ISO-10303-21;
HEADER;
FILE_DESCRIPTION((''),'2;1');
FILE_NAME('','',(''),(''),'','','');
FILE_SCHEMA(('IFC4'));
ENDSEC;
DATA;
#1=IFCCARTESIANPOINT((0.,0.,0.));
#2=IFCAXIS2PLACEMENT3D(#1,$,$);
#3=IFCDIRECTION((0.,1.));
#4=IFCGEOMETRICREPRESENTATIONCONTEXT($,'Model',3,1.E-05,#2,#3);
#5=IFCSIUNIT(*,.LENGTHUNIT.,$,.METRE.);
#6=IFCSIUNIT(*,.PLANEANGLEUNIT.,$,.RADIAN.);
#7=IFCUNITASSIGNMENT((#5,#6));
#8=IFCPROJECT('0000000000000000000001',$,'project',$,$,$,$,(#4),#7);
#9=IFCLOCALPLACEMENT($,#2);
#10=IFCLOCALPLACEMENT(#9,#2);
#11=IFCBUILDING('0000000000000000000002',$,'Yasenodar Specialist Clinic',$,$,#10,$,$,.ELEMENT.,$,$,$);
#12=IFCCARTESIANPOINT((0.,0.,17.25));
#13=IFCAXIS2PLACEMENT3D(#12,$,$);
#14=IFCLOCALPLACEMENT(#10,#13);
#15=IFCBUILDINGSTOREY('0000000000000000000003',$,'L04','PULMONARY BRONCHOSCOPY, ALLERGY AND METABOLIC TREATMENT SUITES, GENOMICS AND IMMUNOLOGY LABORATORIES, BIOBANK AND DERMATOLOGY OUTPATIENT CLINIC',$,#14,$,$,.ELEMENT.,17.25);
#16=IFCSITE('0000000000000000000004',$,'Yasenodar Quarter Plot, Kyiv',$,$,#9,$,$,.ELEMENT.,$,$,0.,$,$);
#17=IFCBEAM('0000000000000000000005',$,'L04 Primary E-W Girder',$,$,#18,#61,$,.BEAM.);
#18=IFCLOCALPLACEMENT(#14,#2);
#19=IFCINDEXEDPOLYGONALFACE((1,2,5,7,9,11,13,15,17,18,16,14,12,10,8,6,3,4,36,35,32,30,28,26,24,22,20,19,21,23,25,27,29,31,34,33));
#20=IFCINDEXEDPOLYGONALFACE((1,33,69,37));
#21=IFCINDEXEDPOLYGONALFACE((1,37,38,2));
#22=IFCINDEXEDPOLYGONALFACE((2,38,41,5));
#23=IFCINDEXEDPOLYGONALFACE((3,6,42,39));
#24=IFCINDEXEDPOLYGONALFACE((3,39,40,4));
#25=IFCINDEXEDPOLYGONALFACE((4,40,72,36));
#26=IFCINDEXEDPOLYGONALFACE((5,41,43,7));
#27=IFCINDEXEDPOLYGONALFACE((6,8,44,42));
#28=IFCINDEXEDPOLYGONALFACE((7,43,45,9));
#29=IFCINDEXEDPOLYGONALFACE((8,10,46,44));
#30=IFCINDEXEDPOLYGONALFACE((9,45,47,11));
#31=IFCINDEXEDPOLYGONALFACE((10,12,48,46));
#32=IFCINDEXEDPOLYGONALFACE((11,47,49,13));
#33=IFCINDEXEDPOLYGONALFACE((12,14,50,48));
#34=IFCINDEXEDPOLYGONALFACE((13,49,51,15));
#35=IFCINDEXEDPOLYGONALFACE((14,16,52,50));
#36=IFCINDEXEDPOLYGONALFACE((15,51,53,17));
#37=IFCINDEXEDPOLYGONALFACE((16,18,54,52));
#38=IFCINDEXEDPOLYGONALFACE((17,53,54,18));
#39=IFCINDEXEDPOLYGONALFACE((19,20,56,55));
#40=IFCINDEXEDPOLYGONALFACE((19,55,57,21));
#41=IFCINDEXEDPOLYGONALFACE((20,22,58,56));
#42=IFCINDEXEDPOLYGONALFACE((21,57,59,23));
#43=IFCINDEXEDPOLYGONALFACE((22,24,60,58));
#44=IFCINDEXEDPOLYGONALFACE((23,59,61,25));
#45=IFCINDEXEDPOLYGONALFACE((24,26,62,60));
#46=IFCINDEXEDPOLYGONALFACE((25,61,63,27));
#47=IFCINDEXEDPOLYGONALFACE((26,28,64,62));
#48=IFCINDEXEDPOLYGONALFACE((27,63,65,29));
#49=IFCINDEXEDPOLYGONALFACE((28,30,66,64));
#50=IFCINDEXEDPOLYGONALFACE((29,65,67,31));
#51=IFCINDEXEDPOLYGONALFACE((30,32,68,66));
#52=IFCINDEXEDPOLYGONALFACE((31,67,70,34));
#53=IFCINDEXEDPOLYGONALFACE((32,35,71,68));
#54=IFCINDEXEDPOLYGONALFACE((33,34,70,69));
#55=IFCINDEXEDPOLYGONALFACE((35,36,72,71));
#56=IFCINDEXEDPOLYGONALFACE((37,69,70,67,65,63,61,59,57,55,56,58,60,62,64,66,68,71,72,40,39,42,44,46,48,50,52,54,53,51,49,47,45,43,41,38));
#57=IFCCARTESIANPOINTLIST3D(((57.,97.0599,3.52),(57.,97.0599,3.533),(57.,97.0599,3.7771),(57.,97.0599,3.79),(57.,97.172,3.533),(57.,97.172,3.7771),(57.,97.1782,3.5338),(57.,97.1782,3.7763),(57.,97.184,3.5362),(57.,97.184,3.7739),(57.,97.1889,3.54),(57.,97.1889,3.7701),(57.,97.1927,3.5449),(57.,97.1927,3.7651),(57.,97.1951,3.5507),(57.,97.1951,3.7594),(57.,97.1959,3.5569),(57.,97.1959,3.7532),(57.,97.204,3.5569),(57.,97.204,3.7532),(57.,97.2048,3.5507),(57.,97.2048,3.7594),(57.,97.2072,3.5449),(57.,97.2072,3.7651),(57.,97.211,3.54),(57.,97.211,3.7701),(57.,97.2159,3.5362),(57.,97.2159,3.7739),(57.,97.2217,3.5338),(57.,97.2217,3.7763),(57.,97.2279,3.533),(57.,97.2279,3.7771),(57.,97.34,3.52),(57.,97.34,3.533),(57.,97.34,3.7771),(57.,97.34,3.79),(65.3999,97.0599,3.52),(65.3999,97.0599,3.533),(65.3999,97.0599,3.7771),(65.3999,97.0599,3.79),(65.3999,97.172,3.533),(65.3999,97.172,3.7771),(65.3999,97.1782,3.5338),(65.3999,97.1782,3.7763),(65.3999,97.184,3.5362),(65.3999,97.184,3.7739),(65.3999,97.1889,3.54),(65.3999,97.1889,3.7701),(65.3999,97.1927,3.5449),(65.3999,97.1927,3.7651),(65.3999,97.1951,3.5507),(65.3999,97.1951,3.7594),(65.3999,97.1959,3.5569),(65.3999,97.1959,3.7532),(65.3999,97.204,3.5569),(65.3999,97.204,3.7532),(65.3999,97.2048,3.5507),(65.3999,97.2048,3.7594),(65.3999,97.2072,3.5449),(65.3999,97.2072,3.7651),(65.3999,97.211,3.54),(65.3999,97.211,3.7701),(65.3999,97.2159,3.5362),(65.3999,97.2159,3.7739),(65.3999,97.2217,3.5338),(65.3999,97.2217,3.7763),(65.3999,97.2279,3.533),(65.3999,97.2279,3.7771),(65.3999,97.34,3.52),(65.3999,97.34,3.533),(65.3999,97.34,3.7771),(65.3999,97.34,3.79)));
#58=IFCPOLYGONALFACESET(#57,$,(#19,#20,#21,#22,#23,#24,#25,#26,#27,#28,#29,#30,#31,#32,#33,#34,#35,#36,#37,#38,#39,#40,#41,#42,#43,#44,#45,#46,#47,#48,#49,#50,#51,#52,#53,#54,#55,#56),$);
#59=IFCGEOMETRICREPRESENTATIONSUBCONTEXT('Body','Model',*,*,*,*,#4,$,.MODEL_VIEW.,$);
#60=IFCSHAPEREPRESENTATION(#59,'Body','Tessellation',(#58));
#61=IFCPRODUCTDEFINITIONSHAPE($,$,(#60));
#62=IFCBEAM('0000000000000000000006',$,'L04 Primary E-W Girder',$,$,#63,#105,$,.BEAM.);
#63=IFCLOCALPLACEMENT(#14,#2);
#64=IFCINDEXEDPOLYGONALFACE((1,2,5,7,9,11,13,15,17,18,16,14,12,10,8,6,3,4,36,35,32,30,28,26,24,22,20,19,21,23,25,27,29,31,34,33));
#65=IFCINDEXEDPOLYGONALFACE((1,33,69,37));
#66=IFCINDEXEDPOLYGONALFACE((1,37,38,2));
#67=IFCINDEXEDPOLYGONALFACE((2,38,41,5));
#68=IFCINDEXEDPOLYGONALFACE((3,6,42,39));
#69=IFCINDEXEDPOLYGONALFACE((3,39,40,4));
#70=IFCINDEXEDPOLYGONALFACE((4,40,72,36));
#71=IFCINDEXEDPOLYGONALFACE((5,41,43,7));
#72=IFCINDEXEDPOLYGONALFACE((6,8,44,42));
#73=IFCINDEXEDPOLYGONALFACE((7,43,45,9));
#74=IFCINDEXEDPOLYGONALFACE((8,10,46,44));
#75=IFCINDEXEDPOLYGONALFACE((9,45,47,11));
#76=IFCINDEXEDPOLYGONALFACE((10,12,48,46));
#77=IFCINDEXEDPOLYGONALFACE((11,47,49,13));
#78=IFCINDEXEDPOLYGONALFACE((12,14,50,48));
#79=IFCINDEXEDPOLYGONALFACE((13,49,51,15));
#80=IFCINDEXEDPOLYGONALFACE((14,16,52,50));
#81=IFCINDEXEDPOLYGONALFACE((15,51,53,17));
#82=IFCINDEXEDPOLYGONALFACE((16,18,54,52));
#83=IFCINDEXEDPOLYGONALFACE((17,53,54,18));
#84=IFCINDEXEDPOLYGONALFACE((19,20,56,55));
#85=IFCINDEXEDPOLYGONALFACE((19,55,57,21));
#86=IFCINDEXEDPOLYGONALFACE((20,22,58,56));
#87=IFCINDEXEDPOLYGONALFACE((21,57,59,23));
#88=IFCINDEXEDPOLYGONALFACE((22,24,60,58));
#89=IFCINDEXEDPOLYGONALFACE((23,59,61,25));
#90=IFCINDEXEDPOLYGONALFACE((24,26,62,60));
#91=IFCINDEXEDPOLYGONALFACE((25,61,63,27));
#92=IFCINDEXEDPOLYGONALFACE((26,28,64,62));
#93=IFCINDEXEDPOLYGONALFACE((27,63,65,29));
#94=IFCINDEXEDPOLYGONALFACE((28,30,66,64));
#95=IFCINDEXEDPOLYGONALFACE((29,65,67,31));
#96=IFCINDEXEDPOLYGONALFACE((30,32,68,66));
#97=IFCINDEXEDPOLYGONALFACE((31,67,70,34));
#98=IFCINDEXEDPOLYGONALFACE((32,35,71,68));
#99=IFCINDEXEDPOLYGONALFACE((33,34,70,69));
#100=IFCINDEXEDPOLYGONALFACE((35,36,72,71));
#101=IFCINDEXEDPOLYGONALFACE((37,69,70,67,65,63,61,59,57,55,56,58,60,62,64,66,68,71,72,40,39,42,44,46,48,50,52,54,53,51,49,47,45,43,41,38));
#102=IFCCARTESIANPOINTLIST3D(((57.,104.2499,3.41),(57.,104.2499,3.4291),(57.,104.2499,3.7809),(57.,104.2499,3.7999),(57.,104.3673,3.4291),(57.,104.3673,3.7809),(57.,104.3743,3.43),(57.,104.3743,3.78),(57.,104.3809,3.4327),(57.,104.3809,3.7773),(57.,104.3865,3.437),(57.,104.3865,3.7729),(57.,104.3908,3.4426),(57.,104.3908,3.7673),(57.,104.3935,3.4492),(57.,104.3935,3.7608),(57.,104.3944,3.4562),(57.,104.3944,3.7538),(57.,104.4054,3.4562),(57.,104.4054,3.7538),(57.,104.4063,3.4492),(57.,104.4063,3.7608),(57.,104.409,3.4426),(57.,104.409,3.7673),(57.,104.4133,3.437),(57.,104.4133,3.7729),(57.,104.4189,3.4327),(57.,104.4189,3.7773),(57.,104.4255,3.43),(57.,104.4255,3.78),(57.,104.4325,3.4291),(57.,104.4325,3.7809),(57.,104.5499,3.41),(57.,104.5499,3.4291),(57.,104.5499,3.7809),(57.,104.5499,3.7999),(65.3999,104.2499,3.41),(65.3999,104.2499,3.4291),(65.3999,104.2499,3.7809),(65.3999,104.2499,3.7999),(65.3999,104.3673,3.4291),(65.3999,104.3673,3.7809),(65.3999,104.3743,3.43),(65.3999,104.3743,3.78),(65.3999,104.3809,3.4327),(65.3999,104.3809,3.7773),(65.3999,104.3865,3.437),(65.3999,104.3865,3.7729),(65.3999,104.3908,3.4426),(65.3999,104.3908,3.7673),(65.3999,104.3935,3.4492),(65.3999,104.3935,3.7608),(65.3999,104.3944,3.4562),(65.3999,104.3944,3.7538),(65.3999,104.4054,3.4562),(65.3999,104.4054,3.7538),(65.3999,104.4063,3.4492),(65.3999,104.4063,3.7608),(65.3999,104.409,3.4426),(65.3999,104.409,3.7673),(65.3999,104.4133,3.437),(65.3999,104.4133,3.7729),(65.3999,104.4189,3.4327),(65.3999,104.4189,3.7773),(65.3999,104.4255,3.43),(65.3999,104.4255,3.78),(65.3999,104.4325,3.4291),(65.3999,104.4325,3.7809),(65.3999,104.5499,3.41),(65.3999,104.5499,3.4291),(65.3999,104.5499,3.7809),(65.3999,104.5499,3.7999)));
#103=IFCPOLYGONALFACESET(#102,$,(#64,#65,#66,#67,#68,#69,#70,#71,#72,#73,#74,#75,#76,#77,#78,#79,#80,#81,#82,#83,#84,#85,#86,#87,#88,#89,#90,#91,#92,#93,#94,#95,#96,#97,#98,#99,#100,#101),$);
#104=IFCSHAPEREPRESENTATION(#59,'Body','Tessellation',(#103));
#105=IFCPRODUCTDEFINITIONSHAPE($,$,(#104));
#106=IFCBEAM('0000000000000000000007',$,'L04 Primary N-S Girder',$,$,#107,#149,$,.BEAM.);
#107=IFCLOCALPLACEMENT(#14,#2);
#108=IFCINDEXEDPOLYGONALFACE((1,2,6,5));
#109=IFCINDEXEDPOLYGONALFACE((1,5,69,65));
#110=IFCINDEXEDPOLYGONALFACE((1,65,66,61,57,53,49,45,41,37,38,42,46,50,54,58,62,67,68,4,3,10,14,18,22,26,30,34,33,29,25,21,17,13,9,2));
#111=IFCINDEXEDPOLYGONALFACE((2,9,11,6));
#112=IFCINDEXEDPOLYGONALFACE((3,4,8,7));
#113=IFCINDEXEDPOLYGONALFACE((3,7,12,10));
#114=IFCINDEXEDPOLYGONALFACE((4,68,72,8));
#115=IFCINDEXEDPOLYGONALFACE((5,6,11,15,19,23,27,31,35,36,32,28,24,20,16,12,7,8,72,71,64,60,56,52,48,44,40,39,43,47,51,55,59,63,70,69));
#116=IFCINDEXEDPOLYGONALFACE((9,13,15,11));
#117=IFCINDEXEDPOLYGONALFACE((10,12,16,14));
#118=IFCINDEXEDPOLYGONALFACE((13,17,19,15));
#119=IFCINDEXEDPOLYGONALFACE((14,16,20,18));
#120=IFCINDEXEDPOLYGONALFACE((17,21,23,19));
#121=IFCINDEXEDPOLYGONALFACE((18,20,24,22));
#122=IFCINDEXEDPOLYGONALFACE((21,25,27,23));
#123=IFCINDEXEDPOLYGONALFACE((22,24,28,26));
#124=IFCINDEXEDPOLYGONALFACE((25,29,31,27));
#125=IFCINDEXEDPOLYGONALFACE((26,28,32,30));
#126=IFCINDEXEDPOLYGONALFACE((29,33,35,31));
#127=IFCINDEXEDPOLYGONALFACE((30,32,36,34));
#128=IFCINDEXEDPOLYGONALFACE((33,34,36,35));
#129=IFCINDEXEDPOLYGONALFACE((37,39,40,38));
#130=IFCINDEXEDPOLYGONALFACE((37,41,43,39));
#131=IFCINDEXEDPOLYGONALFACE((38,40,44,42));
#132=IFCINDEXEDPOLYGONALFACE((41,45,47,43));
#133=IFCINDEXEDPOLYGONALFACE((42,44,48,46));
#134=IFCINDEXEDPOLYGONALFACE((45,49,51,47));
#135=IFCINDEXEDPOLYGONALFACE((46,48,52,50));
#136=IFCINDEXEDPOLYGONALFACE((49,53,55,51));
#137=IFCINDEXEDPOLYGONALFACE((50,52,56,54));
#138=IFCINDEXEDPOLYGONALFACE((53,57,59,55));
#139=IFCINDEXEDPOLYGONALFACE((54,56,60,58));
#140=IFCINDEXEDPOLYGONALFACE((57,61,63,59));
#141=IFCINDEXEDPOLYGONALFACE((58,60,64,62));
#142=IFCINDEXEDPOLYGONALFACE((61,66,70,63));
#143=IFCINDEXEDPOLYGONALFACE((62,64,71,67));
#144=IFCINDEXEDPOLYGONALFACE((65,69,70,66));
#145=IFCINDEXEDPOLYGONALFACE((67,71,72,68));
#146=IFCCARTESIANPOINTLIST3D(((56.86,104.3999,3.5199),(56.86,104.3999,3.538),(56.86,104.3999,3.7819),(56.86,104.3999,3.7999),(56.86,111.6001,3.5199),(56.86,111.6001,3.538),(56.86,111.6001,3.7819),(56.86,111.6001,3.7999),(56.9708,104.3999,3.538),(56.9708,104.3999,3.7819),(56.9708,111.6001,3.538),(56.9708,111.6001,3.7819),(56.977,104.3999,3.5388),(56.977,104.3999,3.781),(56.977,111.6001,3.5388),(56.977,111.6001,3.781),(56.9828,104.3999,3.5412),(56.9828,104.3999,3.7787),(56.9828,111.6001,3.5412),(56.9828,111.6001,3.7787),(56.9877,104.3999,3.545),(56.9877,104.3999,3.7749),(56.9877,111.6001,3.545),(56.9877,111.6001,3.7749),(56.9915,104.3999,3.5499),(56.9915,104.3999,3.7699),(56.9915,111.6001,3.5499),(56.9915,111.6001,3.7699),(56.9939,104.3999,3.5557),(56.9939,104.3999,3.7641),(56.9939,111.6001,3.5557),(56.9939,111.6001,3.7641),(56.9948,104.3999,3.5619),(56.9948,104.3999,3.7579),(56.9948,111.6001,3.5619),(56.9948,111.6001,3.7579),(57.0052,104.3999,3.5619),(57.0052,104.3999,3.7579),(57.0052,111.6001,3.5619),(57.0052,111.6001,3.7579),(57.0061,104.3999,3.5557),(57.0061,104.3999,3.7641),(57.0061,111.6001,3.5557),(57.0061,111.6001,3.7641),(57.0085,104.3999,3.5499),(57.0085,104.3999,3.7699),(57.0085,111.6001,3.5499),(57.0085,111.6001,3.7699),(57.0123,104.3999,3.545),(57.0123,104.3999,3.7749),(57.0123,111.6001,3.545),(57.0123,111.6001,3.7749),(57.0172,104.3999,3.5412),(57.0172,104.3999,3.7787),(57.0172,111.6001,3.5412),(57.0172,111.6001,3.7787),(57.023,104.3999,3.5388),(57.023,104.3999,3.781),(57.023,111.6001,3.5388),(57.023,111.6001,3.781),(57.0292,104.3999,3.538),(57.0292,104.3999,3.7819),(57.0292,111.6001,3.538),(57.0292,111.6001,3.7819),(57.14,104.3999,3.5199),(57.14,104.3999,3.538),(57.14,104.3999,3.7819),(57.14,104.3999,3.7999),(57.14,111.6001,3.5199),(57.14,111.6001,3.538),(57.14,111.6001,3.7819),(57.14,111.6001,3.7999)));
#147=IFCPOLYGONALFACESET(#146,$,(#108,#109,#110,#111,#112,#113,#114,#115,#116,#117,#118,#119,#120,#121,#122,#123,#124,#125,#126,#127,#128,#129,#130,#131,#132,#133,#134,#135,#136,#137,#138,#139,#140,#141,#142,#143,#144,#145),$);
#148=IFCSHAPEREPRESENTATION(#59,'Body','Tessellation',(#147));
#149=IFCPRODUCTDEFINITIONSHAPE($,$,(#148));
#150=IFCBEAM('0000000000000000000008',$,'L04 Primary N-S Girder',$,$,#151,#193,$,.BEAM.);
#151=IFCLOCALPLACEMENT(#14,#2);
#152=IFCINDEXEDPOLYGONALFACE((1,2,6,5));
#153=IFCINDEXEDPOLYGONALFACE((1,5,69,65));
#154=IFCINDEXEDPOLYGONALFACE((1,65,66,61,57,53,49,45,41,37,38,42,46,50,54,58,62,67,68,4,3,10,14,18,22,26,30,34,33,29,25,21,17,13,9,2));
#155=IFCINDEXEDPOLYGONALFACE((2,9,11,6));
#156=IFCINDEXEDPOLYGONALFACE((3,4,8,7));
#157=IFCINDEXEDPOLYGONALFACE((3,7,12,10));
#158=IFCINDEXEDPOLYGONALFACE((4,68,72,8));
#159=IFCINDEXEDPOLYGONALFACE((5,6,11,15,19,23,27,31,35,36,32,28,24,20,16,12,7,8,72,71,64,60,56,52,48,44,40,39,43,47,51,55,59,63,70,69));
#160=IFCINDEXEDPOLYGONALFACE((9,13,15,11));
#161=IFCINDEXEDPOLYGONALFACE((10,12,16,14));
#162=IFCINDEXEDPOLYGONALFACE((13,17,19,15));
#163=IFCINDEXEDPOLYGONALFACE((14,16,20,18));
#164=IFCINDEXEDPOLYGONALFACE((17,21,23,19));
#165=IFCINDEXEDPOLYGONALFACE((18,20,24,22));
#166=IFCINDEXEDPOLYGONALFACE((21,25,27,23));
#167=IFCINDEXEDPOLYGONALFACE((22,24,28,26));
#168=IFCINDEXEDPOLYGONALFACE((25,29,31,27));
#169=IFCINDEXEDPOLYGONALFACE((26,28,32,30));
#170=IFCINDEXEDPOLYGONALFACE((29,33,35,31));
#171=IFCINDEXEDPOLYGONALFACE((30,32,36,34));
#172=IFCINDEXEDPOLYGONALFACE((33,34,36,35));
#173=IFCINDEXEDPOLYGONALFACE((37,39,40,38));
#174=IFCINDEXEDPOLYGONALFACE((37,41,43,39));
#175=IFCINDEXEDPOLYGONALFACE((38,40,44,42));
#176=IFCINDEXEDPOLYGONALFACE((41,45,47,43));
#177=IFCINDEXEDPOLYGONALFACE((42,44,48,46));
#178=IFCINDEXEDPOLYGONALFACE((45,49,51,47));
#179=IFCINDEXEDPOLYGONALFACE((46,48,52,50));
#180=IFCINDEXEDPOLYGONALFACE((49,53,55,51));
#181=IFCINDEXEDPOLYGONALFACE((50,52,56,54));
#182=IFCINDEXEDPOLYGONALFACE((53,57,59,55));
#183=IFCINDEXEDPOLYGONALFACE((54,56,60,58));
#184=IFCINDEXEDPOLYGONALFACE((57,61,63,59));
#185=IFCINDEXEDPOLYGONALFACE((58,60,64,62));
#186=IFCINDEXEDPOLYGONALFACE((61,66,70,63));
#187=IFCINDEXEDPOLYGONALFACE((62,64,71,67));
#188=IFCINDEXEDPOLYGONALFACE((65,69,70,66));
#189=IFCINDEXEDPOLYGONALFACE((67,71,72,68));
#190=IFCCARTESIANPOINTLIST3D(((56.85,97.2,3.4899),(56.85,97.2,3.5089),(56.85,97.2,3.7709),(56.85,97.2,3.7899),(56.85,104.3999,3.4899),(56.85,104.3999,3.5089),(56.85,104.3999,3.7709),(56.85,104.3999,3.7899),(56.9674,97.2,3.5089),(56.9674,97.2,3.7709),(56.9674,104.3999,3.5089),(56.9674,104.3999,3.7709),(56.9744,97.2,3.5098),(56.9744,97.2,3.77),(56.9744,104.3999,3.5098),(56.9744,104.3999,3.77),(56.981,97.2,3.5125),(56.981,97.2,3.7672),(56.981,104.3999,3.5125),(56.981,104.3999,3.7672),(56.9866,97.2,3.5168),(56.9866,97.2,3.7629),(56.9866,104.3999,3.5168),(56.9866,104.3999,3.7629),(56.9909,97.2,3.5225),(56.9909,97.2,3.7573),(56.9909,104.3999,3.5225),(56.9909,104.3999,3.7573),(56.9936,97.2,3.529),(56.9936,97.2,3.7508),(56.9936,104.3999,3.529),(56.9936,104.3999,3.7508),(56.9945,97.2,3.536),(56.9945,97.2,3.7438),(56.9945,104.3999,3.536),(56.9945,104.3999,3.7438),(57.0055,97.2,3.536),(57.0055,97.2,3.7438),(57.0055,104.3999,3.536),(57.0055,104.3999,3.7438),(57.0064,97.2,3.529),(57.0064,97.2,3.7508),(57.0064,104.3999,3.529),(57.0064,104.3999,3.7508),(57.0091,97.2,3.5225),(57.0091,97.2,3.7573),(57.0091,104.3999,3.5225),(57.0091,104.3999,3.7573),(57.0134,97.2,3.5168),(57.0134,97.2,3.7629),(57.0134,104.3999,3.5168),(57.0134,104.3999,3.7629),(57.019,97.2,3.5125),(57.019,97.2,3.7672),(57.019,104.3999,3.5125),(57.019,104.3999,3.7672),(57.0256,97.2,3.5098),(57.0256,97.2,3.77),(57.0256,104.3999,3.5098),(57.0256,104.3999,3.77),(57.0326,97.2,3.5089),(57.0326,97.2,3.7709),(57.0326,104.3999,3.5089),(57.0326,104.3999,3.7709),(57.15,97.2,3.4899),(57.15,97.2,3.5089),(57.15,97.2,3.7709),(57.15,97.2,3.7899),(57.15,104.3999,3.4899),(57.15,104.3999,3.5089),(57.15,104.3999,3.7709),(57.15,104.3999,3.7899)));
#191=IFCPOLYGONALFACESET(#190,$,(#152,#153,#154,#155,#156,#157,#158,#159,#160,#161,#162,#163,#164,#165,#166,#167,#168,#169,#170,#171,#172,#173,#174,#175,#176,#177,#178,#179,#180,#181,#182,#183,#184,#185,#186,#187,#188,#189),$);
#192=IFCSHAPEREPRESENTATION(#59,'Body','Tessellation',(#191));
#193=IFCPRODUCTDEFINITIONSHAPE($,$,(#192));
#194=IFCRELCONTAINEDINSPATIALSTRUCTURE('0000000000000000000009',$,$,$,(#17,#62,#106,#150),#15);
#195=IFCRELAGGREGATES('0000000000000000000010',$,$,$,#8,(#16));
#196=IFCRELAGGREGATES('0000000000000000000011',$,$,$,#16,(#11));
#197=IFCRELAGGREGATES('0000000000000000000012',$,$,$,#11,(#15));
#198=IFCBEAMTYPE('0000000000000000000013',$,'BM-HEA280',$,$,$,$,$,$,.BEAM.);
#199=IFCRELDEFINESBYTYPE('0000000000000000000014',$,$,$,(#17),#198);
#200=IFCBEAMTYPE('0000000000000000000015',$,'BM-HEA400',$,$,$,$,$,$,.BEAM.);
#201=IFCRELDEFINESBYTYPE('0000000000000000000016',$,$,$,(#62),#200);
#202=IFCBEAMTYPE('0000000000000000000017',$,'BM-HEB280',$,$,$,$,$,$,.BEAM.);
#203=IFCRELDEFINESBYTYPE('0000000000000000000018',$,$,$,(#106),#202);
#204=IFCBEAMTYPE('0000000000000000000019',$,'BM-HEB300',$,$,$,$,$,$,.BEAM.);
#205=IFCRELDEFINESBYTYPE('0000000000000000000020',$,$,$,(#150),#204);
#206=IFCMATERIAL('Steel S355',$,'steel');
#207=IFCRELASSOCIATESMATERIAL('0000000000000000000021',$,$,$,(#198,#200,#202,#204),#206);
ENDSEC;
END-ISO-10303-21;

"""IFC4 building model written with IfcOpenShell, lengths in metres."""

from ifc_helpers import new_model, si_unit, direction, frame, origin, origin_2d, place, context, subcontext, project, spatial, i_section, extrude, material, material_profile, profile_set, type_object, element, save


model = new_model("IFC4")

# Units and contexts
model_context = context("Model", 3, precision=1e-05, world=origin(), true_north=direction((0.0, 1.0)))
body_context = subcontext(model_context, "Body", "Model", "MODEL_VIEW")
ifc_project = project(units=[si_unit("LENGTHUNIT", "METRE"), si_unit("PLANEANGLEUNIT", "RADIAN")], contexts=[model_context])

# Site, building, storey
site_placement = place(None, origin())
site = spatial("IfcSite", under=ifc_project, at=site_placement, Name="Yasenodar Quarter Plot, Kyiv", CompositionType="ELEMENT", RefElevation=0.0)
building_placement = place(site_placement, origin())
building = spatial("IfcBuilding", under=site, at=building_placement, Name="Yasenodar Specialist Clinic", CompositionType="ELEMENT")
storey_placement = place(building_placement, frame((0.0, 0.0, 17.25)))
storey = spatial("IfcBuildingStorey", under=building, at=storey_placement, Name="L04", Description="PULMONARY BRONCHOSCOPY, ALLERGY AND METABOLIC TREATMENT SUITES, GENOMICS AND IMMUNOLOGY LABORATORIES, BIOBANK AND DERMATOLOGY OUTPATIENT CLINIC", CompositionType="ELEMENT", Elevation=17.25)

# Shared definitions
ifc_material_1 = material(Name="Steel S355", Category="steel")

# Beams
ifc_material_profile_1 = material_profile(ifc_material_1, i_section(OverallWidth=0.28, OverallDepth=0.27, WebThickness=0.0081, FlangeThickness=0.0129, FilletRadius=0.0239, at=origin_2d()), Name="HEA 280")
ifc_profile_set_1 = profile_set([ifc_material_profile_1], Name="Steel S355")
beam_type_1 = type_object("IfcBeamType", Name="BM-HEA280", PredefinedType="BEAM", material=ifc_profile_set_1)
beam_1_placement = place(storey_placement, frame((57.0, 97.2, 3.655), z_axis=(1.0, 0.0, 0.0), x_axis=(0.0, 1.0, 0.0)))
element("IfcBeam", 1, at=beam_1_placement, inside=storey, type_object=beam_type_1, Name="L04 Primary E-W Girder", PredefinedType="BEAM", context=body_context, shape_type="SweptSolid", body=[
    extrude(i_section(OverallWidth=0.28, OverallDepth=0.27, WebThickness=0.0081, FlangeThickness=0.0129, FilletRadius=0.0239, at=origin_2d()), origin(), (0.0, 0.0, 1.0), 8.3999),
])
ifc_material_profile_2 = material_profile(ifc_material_1, i_section(OverallWidth=0.3, OverallDepth=0.3899, WebThickness=0.011, FlangeThickness=0.019, FilletRadius=0.0271, at=origin_2d()), Name="HEA 400")
ifc_profile_set_2 = profile_set([ifc_material_profile_2], Name="Steel S355")
beam_type_2 = type_object("IfcBeamType", Name="BM-HEA400", PredefinedType="BEAM", material=ifc_profile_set_2)
beam_2_placement = place(storey_placement, frame((57.0, 104.3999, 3.605), z_axis=(1.0, 0.0, 0.0), x_axis=(0.0, 1.0, 0.0)))
element("IfcBeam", 2, at=beam_2_placement, inside=storey, type_object=beam_type_2, Name="L04 Primary E-W Girder", PredefinedType="BEAM", context=body_context, shape_type="SweptSolid", body=[
    extrude(i_section(OverallWidth=0.3, OverallDepth=0.3899, WebThickness=0.011, FlangeThickness=0.019, FilletRadius=0.0271, at=origin_2d()), origin(), (0.0, 0.0, 1.0), 8.3999),
])
ifc_material_profile_3 = material_profile(ifc_material_1, i_section(OverallWidth=0.28, OverallDepth=0.28, WebThickness=0.0105, FlangeThickness=0.0181, FilletRadius=0.0239, at=origin_2d()), Name="HEB 280")
ifc_profile_set_3 = profile_set([ifc_material_profile_3], Name="Steel S355")
beam_type_3 = type_object("IfcBeamType", Name="BM-HEB280", PredefinedType="BEAM", material=ifc_profile_set_3)
beam_3_placement = place(storey_placement, frame((57.0, 104.3999, 3.6599), z_axis=(0.0, 1.0, 0.0), x_axis=(-1.0, 0.0, 0.0)))
element("IfcBeam", 3, at=beam_3_placement, inside=storey, type_object=beam_type_3, Name="L04 Primary N-S Girder", PredefinedType="BEAM", context=body_context, shape_type="SweptSolid", body=[
    extrude(i_section(OverallWidth=0.28, OverallDepth=0.28, WebThickness=0.0105, FlangeThickness=0.0181, FilletRadius=0.0239, at=origin_2d()), origin(), (0.0, 0.0, 1.0), 7.2002),
])
ifc_material_profile_4 = material_profile(ifc_material_1, i_section(OverallWidth=0.3, OverallDepth=0.3, WebThickness=0.011, FlangeThickness=0.019, FilletRadius=0.0271, at=origin_2d()), Name="HEB 300")
ifc_profile_set_4 = profile_set([ifc_material_profile_4], Name="Steel S355")
beam_type_4 = type_object("IfcBeamType", Name="BM-HEB300", PredefinedType="BEAM", material=ifc_profile_set_4)
beam_4_placement = place(storey_placement, frame((57.0, 97.2, 3.6399), z_axis=(0.0, 1.0, 0.0), x_axis=(-1.0, 0.0, 0.0)))
element("IfcBeam", 4, at=beam_4_placement, inside=storey, type_object=beam_type_4, Name="L04 Primary N-S Girder", PredefinedType="BEAM", context=body_context, shape_type="SweptSolid", body=[
    extrude(i_section(OverallWidth=0.3, OverallDepth=0.3, WebThickness=0.011, FlangeThickness=0.019, FilletRadius=0.0271, at=origin_2d()), origin(), (0.0, 0.0, 1.0), 7.2),
])

save(model, "model.ifc")
